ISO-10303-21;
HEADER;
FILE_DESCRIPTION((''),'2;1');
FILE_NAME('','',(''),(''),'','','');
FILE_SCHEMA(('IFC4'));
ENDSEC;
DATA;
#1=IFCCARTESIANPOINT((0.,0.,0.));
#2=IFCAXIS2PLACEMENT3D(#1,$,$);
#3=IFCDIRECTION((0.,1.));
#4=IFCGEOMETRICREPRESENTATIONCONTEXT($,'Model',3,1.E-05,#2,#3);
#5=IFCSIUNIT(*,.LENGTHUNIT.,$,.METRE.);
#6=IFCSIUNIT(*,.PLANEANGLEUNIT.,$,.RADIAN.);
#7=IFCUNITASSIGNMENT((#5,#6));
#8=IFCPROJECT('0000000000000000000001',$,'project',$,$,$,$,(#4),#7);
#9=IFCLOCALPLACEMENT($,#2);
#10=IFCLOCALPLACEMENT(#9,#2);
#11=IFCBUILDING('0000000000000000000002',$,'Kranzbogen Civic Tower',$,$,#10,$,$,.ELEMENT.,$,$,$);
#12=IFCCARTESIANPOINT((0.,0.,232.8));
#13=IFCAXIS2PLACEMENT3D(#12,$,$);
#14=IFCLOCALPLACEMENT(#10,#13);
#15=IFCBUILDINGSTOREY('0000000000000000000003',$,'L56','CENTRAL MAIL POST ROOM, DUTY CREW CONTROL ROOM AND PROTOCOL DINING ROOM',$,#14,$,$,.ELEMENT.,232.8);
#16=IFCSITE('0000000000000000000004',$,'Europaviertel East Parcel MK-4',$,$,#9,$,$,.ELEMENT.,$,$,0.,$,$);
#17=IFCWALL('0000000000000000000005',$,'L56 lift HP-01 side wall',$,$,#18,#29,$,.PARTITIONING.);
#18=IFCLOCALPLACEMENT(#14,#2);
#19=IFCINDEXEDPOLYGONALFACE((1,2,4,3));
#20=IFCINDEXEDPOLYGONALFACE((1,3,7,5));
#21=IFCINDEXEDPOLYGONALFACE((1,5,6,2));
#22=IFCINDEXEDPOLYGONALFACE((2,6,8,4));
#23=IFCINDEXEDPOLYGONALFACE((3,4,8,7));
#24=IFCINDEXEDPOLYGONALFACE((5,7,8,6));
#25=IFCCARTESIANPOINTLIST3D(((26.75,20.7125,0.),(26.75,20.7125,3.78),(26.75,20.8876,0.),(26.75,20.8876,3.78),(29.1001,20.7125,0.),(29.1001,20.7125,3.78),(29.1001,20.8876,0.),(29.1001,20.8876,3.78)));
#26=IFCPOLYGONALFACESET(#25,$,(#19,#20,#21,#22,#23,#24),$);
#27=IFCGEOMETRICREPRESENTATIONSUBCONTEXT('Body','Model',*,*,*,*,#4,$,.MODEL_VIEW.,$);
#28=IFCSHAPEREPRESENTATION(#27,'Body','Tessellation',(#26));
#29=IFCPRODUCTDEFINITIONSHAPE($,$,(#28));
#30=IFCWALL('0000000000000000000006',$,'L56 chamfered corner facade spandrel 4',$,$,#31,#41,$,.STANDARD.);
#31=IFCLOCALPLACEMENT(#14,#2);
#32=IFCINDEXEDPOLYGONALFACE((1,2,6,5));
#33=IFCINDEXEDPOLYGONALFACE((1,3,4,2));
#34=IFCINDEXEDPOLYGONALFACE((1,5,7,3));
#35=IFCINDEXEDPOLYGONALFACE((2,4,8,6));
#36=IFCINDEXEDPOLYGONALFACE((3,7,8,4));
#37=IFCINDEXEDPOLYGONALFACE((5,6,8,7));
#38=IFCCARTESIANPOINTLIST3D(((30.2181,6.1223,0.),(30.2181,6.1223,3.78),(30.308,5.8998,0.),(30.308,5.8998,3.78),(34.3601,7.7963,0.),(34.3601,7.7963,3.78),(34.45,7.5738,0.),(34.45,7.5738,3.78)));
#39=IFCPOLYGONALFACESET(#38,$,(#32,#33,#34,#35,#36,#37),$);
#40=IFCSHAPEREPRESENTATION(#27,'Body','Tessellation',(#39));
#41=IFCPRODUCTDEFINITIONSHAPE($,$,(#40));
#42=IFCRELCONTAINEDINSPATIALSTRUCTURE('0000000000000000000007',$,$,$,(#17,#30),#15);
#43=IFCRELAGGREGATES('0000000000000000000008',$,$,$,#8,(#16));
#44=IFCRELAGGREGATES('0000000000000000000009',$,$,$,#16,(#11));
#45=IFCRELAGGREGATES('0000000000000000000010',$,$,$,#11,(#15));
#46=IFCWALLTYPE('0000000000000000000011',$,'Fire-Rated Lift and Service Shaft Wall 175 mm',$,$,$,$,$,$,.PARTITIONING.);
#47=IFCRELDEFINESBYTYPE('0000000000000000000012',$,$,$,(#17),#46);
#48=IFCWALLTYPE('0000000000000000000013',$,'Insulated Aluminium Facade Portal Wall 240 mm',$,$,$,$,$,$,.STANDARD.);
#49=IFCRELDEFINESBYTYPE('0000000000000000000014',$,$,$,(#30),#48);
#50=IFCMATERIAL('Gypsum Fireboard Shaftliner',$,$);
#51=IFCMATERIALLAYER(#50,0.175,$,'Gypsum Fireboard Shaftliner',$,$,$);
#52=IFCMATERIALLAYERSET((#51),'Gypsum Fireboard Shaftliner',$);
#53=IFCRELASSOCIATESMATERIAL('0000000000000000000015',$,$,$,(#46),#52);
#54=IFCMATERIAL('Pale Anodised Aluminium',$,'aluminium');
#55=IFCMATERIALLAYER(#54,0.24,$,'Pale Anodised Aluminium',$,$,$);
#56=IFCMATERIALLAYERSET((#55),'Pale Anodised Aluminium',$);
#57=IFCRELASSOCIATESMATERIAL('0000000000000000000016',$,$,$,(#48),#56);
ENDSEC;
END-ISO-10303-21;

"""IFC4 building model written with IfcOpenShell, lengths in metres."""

from ifc_helpers import new_model, si_unit, direction, frame, frame_2d, origin, place, context, subcontext, project, spatial, rectangle, extrude, material, layer, layer_set, type_object, element, save


model = new_model("IFC4")

# Units and contexts
model_context = context("Model", 3, precision=1e-05, world=origin(), true_north=direction((0.0, 1.0)))
body_context = subcontext(model_context, "Body", "Model", "MODEL_VIEW")
ifc_project = project(units=[si_unit("LENGTHUNIT", "METRE"), si_unit("PLANEANGLEUNIT", "RADIAN")], contexts=[model_context])

# Site, building, storey
site_placement = place(None, origin())
site = spatial("IfcSite", under=ifc_project, at=site_placement, Name="Europaviertel East Parcel MK-4", CompositionType="ELEMENT", RefElevation=0.0)
building_placement = place(site_placement, origin())
building = spatial("IfcBuilding", under=site, at=building_placement, Name="Kranzbogen Civic Tower", CompositionType="ELEMENT")
storey_placement = place(building_placement, frame((0.0, 0.0, 232.8)))
storey = spatial("IfcBuildingStorey", under=building, at=storey_placement, Name="L56", Description="CENTRAL MAIL POST ROOM, DUTY CREW CONTROL ROOM AND PROTOCOL DINING ROOM", CompositionType="ELEMENT", Elevation=232.8)

# Shared definitions
ifc_material_1 = material(Name="Pale Anodised Aluminium", Category="aluminium")

# Shared definitions
ifc_material_2 = material(Name="Gypsum Fireboard Shaftliner")
ifc_layer_1 = layer(ifc_material_2, 0.175, Name="Gypsum Fireboard Shaftliner")
ifc_layer_set_1 = layer_set([ifc_layer_1], Name="Gypsum Fireboard Shaftliner")
wall_type_1 = type_object("IfcWallType", Name="Fire-Rated Lift and Service Shaft Wall 175 mm", PredefinedType="PARTITIONING", material=ifc_layer_set_1)

# Walls
wall_1_placement = place(storey_placement, frame((26.75, 20.8, 0.0), z_axis=(0.0, 0.0, 1.0), x_axis=(1.0, 0.0, 0.0)))
element("IfcWall", 1, at=wall_1_placement, inside=storey, type_object=wall_type_1, Name="L56 lift HP-01 side wall", PredefinedType="PARTITIONING", context=body_context, shape_type="SweptSolid", body=[
    extrude(rectangle(XDim=2.3501, YDim=0.175, at=frame_2d((1.175, 0.0))), origin(), (0.0, 0.0, 1.0), 3.78),
])
ifc_layer_2 = layer(ifc_material_1, 0.24, Name="Pale Anodised Aluminium")
ifc_layer_set_2 = layer_set([ifc_layer_2], Name="Pale Anodised Aluminium")
wall_type_2 = type_object("IfcWallType", Name="Insulated Aluminium Facade Portal Wall 240 mm", PredefinedType="STANDARD", material=ifc_layer_set_2)
wall_2_placement = place(storey_placement, frame((30.2629, 6.011, 0.0), z_axis=(0.0, 0.0, 1.0), x_axis=(0.92714, 0.374714, 0.0)))
element("IfcWall", 2, at=wall_2_placement, inside=storey, type_object=wall_type_2, Name="L56 chamfered corner facade spandrel 4", PredefinedType="STANDARD", context=body_context, shape_type="SweptSolid", body=[
    extrude(rectangle(XDim=4.4675, YDim=0.24, at=frame_2d((2.2339, 0.0))), origin(), (0.0, 0.0, 1.0), 3.78),
])

save(model, "model.ifc")
